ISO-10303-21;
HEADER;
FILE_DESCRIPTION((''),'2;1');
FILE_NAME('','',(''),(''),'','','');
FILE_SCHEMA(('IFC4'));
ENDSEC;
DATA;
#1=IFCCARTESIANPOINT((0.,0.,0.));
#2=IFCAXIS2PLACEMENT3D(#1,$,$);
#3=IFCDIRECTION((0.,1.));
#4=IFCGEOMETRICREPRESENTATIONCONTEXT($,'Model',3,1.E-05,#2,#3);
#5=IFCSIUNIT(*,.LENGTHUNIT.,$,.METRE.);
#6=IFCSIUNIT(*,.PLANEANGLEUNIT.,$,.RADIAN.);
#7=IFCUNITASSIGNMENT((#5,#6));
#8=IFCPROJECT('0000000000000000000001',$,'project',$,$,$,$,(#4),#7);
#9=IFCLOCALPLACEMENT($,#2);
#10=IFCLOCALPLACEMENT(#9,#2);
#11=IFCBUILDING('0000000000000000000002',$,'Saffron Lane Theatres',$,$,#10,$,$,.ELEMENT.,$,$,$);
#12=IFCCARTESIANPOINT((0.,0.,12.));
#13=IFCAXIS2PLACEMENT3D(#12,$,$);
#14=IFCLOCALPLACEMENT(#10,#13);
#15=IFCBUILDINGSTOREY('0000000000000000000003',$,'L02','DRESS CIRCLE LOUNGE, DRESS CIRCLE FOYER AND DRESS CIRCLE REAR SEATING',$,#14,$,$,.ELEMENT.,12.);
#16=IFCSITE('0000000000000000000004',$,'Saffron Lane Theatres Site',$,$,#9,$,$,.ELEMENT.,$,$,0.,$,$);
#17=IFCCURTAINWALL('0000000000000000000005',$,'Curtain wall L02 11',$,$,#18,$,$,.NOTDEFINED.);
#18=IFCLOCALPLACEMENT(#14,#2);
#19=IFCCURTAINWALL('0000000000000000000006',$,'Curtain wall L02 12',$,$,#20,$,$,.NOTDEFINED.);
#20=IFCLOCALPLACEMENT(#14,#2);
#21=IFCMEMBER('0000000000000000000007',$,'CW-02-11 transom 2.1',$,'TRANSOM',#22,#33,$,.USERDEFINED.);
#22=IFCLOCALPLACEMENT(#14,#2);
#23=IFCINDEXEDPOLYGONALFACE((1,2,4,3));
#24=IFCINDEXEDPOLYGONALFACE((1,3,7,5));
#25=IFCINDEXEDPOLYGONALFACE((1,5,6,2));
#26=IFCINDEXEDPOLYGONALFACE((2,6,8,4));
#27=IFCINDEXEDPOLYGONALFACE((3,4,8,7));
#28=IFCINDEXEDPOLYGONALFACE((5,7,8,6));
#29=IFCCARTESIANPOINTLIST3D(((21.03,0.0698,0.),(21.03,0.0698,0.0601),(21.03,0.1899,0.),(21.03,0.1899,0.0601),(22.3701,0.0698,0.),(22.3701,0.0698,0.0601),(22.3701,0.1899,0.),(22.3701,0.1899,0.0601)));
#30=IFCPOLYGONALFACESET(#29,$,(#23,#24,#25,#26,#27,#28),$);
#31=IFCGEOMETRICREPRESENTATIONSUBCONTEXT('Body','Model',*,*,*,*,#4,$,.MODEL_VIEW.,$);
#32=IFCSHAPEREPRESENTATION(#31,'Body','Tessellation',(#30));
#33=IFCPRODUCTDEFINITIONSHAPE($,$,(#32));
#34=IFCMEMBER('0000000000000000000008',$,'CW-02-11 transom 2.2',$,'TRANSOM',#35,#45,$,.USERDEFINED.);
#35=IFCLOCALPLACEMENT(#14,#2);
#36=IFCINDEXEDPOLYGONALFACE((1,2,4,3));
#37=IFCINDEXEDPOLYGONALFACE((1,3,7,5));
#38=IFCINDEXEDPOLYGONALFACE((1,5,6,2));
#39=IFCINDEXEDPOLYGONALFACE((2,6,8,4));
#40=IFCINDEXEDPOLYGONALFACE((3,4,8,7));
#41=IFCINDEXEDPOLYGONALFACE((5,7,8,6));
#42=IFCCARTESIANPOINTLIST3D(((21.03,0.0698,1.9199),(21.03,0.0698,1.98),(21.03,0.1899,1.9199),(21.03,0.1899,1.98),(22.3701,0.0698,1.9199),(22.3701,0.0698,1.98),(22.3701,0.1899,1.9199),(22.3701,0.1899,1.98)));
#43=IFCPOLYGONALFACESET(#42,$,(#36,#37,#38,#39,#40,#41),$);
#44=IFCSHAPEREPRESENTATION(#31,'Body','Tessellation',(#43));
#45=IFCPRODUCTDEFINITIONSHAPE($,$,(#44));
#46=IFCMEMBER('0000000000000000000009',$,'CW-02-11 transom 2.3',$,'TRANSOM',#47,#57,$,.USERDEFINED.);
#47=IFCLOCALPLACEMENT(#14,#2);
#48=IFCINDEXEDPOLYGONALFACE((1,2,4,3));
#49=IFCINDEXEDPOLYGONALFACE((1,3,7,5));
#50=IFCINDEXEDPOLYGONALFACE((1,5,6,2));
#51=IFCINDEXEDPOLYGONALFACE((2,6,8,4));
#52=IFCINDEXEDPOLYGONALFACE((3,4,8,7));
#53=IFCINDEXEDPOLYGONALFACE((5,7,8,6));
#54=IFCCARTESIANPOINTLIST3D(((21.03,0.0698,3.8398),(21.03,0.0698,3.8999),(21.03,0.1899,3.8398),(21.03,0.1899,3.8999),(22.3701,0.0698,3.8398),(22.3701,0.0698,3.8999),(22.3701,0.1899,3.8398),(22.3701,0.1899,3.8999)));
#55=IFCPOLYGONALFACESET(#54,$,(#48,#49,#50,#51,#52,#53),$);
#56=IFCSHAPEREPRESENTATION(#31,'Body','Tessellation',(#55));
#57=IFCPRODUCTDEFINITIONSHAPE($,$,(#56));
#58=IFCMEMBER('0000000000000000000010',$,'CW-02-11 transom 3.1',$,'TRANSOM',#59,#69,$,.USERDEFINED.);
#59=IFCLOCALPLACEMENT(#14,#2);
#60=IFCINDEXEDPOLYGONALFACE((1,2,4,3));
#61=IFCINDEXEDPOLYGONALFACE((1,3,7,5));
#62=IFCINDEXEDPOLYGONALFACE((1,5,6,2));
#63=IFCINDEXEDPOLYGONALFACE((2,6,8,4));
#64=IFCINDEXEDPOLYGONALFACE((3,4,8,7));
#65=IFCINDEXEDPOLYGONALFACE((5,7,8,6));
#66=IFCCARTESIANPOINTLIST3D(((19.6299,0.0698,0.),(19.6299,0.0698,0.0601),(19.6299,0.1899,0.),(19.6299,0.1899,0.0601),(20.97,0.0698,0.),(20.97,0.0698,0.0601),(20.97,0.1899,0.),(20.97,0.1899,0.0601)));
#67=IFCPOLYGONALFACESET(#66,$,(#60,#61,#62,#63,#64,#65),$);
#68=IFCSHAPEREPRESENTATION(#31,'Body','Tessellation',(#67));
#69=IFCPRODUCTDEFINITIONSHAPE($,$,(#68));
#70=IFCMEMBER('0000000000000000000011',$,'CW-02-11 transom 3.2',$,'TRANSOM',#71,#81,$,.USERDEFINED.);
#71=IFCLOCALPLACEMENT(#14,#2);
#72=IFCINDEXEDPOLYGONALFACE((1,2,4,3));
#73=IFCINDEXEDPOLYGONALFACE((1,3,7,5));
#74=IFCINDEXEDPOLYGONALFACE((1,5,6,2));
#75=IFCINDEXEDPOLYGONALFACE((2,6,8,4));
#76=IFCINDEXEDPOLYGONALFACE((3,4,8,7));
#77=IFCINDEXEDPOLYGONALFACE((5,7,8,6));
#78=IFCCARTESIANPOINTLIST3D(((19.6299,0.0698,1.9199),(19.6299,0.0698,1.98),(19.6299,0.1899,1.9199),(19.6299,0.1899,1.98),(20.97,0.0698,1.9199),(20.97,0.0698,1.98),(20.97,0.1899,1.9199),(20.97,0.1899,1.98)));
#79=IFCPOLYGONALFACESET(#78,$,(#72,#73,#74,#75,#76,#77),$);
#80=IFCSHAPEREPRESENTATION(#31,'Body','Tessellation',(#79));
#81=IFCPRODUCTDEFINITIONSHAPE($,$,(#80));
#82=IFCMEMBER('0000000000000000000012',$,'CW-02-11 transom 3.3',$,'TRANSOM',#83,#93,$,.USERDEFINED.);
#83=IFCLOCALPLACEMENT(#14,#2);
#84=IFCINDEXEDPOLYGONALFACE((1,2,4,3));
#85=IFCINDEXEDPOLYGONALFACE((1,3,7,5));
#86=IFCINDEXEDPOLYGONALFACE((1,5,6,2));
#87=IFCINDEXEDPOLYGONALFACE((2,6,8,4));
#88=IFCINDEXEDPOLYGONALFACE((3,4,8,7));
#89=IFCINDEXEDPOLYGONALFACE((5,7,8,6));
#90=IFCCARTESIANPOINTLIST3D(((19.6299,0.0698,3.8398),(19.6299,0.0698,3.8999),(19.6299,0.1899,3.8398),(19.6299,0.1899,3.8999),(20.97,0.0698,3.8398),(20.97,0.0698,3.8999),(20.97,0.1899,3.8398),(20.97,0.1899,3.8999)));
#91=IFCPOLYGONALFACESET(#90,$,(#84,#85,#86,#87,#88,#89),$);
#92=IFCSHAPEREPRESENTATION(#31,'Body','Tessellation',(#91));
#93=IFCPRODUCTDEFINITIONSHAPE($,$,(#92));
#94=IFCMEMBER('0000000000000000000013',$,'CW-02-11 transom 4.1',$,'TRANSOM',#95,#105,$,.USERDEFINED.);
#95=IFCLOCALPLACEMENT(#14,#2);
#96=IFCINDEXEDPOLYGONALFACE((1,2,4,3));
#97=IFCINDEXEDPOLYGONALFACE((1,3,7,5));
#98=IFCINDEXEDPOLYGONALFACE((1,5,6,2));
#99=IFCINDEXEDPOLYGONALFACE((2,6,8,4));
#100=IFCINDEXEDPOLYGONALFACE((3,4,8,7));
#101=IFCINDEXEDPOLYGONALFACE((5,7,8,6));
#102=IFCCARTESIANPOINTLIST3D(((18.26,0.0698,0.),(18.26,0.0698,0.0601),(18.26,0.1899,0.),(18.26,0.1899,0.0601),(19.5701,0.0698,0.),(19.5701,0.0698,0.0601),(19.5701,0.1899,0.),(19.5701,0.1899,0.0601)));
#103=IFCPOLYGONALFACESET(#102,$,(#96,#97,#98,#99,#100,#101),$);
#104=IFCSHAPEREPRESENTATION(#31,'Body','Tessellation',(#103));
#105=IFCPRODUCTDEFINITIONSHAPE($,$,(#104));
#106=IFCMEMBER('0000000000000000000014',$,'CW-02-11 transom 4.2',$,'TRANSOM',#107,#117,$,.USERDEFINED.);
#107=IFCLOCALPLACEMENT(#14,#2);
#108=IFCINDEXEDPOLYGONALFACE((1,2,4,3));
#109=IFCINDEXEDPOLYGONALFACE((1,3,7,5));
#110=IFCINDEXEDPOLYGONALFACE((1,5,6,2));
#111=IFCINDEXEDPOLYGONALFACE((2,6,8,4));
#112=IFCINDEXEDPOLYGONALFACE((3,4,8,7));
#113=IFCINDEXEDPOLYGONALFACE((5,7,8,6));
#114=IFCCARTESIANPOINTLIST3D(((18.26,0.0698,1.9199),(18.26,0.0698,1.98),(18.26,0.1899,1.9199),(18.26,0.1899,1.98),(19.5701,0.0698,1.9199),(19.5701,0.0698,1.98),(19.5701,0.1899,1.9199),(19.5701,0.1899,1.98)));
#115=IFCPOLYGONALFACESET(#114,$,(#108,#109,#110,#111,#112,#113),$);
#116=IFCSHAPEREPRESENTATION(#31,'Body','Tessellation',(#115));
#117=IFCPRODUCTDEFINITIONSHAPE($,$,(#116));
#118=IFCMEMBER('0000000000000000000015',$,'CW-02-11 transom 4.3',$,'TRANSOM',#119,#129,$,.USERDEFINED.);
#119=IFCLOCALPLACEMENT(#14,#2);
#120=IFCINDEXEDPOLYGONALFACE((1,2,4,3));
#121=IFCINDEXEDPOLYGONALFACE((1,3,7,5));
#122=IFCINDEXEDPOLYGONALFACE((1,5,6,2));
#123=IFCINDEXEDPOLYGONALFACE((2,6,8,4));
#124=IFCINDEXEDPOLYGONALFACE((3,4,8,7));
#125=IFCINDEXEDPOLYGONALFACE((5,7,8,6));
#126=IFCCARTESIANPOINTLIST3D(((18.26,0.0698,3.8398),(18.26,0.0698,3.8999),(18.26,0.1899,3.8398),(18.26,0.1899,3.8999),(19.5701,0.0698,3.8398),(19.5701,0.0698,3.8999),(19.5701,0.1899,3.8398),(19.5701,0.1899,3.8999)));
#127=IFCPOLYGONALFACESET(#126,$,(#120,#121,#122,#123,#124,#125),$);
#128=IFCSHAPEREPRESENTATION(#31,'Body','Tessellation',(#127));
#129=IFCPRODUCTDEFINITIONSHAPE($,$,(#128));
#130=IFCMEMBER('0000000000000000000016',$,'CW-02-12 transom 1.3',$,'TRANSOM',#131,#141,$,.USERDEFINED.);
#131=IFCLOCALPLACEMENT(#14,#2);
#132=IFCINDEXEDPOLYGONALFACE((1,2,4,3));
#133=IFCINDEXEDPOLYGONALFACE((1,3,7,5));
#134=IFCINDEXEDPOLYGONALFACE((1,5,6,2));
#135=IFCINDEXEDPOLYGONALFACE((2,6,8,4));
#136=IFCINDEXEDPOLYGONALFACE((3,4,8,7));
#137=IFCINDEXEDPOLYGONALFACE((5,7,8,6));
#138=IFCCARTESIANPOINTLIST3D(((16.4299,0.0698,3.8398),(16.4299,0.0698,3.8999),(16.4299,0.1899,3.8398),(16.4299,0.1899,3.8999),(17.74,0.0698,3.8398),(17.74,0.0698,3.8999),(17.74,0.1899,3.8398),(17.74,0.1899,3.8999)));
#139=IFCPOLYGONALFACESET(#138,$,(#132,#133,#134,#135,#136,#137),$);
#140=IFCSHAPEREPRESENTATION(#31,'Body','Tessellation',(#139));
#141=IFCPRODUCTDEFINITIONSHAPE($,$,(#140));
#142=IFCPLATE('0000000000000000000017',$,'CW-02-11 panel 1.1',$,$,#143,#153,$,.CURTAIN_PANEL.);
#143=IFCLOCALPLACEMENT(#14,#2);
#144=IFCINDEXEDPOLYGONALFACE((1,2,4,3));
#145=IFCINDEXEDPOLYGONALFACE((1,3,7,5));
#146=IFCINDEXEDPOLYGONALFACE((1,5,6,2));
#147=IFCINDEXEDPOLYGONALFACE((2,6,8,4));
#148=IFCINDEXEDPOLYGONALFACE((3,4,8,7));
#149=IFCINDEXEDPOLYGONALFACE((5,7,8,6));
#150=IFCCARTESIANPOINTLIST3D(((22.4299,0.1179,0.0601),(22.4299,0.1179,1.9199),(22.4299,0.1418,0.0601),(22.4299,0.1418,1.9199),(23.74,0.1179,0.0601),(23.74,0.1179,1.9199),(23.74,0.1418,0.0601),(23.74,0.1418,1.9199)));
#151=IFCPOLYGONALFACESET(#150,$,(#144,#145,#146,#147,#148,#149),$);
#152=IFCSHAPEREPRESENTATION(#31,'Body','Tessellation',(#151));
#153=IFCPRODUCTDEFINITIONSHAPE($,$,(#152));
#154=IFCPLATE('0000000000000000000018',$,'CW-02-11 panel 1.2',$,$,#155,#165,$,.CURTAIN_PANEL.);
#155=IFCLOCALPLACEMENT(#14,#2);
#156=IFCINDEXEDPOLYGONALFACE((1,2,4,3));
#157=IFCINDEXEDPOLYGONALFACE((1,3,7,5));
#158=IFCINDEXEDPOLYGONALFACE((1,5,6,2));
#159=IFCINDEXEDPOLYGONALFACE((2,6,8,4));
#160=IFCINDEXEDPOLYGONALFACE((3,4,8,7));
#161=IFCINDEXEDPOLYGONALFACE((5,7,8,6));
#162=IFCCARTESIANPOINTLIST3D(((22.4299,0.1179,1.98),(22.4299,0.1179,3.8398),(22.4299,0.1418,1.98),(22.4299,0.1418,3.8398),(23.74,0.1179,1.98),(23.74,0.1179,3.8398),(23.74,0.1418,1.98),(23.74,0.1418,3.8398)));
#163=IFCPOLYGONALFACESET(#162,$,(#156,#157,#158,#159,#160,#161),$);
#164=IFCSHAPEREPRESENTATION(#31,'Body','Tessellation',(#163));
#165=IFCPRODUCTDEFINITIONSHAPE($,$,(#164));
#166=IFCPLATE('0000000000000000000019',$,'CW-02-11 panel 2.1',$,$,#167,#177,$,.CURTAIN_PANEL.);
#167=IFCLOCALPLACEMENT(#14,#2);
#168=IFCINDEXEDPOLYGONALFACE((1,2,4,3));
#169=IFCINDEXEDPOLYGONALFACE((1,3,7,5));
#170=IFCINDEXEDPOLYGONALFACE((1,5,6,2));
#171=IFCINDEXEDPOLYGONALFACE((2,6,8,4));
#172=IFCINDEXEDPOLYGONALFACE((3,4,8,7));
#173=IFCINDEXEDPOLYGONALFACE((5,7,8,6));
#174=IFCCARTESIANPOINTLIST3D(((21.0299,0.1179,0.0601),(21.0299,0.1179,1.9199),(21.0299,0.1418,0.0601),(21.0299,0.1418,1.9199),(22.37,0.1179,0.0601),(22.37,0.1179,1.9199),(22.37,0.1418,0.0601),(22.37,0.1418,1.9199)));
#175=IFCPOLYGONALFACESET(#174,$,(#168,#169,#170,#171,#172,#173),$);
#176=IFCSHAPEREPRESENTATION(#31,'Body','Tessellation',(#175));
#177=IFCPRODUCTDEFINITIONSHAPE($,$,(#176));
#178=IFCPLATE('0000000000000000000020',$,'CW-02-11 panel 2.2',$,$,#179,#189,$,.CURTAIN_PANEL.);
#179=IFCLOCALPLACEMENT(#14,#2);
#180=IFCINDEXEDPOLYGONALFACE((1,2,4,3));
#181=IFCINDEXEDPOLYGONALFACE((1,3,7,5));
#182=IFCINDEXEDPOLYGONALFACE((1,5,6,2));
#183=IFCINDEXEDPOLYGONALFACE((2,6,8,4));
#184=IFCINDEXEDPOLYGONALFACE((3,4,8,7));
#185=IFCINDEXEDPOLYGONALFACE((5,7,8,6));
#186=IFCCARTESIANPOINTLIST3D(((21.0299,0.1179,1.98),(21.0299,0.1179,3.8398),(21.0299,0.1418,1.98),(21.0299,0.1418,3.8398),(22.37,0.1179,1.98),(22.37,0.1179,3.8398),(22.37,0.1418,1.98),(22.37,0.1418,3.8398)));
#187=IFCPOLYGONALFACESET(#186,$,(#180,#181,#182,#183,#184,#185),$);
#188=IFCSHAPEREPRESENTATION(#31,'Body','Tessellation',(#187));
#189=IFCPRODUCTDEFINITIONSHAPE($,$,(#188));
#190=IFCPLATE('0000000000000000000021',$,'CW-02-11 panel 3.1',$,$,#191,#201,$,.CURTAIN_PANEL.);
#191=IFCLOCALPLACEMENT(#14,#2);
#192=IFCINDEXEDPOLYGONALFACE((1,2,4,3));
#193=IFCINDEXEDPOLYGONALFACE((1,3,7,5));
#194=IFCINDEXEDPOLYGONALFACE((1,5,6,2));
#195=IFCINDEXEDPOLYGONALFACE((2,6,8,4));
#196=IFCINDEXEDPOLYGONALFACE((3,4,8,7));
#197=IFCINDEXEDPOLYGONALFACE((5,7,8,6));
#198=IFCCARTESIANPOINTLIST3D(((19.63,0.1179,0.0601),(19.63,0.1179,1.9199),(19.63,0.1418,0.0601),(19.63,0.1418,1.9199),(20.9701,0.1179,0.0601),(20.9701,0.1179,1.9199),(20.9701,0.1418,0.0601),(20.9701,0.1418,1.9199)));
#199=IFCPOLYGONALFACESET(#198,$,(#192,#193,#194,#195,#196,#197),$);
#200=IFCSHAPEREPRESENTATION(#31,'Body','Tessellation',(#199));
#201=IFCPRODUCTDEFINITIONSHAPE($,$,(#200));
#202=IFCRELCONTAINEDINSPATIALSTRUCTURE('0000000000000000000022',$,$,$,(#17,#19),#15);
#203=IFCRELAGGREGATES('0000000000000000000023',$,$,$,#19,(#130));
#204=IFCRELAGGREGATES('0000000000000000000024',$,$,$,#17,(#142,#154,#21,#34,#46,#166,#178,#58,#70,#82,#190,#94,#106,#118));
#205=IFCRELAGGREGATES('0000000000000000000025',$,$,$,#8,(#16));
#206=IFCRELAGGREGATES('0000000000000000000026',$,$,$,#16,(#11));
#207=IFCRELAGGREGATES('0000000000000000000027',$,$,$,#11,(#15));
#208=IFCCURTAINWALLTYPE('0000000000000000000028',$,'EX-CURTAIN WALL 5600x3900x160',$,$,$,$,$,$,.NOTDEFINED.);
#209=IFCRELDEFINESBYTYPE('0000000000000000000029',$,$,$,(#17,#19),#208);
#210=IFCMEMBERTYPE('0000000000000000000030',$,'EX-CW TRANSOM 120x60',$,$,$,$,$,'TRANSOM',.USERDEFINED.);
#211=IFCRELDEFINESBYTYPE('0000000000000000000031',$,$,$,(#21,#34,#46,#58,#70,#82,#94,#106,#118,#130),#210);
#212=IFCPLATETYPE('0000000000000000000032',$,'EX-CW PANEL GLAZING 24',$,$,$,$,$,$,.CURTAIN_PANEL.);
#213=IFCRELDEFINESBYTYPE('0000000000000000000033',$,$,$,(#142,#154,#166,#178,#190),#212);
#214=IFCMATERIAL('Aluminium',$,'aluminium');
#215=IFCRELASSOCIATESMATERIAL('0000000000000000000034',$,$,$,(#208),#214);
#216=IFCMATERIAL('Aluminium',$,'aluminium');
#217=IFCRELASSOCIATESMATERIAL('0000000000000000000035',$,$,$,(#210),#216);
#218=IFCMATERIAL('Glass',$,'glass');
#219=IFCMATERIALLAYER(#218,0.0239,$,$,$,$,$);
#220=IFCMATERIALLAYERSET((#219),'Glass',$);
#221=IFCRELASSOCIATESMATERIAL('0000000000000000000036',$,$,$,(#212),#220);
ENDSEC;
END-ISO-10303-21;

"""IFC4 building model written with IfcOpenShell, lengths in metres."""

from ifc_helpers import new_model, si_unit, direction, frame, origin, origin_2d, place, context, subcontext, project, spatial, rectangle, extrude, material, layer, layer_set, material_profile, profile_set, type_object, element, aggregate, save


model = new_model("IFC4")

# Units and contexts
model_context = context("Model", 3, precision=1e-05, world=origin(), true_north=direction((0.0, 1.0)))
body_context = subcontext(model_context, "Body", "Model", "MODEL_VIEW")
ifc_project = project(units=[si_unit("LENGTHUNIT", "METRE"), si_unit("PLANEANGLEUNIT", "RADIAN")], contexts=[model_context])

# Site, building, storey
site_placement = place(None, origin())
site = spatial("IfcSite", under=ifc_project, at=site_placement, Name="Saffron Lane Theatres Site", CompositionType="ELEMENT", RefElevation=0.0)
building_placement = place(site_placement, origin())
building = spatial("IfcBuilding", under=site, at=building_placement, Name="Saffron Lane Theatres", CompositionType="ELEMENT")
storey_placement = place(building_placement, frame((0.0, 0.0, 12.0)))
storey = spatial("IfcBuildingStorey", under=building, at=storey_placement, Name="L02", Description="DRESS CIRCLE LOUNGE, DRESS CIRCLE FOYER AND DRESS CIRCLE REAR SEATING", CompositionType="ELEMENT", Elevation=12.0)

# Shared definitions
ifc_material_1 = material(Name="Aluminium", Category="aluminium")
curtain_wall_type = type_object("IfcCurtainWallType", Name="EX-CURTAIN WALL 5600x3900x160", PredefinedType="NOTDEFINED", material=ifc_material_1)

# Curtain wall
curtain_wall_1_placement = place(storey_placement, origin())
curtain_wall_1 = element("IfcCurtainWall", 1, at=curtain_wall_1_placement, inside=storey, type_object=curtain_wall_type, Name="Curtain wall L02 11", PredefinedType="NOTDEFINED")

# Curtain wall
curtain_wall_2_placement = place(storey_placement, origin())
curtain_wall_2 = element("IfcCurtainWall", 2, at=curtain_wall_2_placement, inside=storey, type_object=curtain_wall_type, Name="Curtain wall L02 12", PredefinedType="NOTDEFINED")

# Members
ifc_material_2 = material(Name="Aluminium", Category="aluminium")
ifc_material_profile_1 = material_profile(ifc_material_2, rectangle(XDim=0.1201, YDim=0.0601, at=origin_2d()))
ifc_profile_set_1 = profile_set([ifc_material_profile_1], Name="Aluminium")
member_type_1 = type_object("IfcMemberType", Name="EX-CW TRANSOM 120x60", ElementType="TRANSOM", PredefinedType="USERDEFINED", material=ifc_profile_set_1)
member_1_placement = place(storey_placement, frame((22.3701, 0.1299, 0.03), z_axis=(-1.0, 0.0, 0.0), x_axis=(0.0, -1.0, 0.0)))
member_1 = element("IfcMember", 3, at=member_1_placement, type_object=member_type_1, Name="CW-02-11 transom 2.1", ObjectType="TRANSOM", PredefinedType="USERDEFINED", context=body_context, shape_type="SweptSolid", body=[
    extrude(rectangle(XDim=0.1201, YDim=0.0601, at=origin_2d()), origin(), (0.0, 0.0, 1.0), 1.3401),
])
member_2_placement = place(storey_placement, frame((22.3701, 0.1299, 1.95), z_axis=(-1.0, 0.0, 0.0), x_axis=(0.0, -1.0, 0.0)))
member_2 = element("IfcMember", 4, at=member_2_placement, type_object=member_type_1, Name="CW-02-11 transom 2.2", ObjectType="TRANSOM", PredefinedType="USERDEFINED", context=body_context, shape_type="SweptSolid", body=[
    extrude(rectangle(XDim=0.1201, YDim=0.0601, at=origin_2d()), origin(), (0.0, 0.0, 1.0), 1.3401),
])
member_3_placement = place(storey_placement, frame((22.3701, 0.1299, 3.8699), z_axis=(-1.0, 0.0, 0.0), x_axis=(0.0, -1.0, 0.0)))
member_3 = element("IfcMember", 5, at=member_3_placement, type_object=member_type_1, Name="CW-02-11 transom 2.3", ObjectType="TRANSOM", PredefinedType="USERDEFINED", context=body_context, shape_type="SweptSolid", body=[
    extrude(rectangle(XDim=0.1201, YDim=0.0601, at=origin_2d()), origin(), (0.0, 0.0, 1.0), 1.3401),
])
member_4_placement = place(storey_placement, frame((20.97, 0.1299, 0.03), z_axis=(-1.0, 0.0, 0.0), x_axis=(0.0, -1.0, 0.0)))
member_4 = element("IfcMember", 6, at=member_4_placement, type_object=member_type_1, Name="CW-02-11 transom 3.1", ObjectType="TRANSOM", PredefinedType="USERDEFINED", context=body_context, shape_type="SweptSolid", body=[
    extrude(rectangle(XDim=0.1201, YDim=0.0601, at=origin_2d()), origin(), (0.0, 0.0, 1.0), 1.3401),
])
member_5_placement = place(storey_placement, frame((20.97, 0.1299, 1.95), z_axis=(-1.0, 0.0, 0.0), x_axis=(0.0, -1.0, 0.0)))
member_5 = element("IfcMember", 7, at=member_5_placement, type_object=member_type_1, Name="CW-02-11 transom 3.2", ObjectType="TRANSOM", PredefinedType="USERDEFINED", context=body_context, shape_type="SweptSolid", body=[
    extrude(rectangle(XDim=0.1201, YDim=0.0601, at=origin_2d()), origin(), (0.0, 0.0, 1.0), 1.3401),
])
member_6_placement = place(storey_placement, frame((20.97, 0.1299, 3.8699), z_axis=(-1.0, 0.0, 0.0), x_axis=(0.0, -1.0, 0.0)))
member_6 = element("IfcMember", 8, at=member_6_placement, type_object=member_type_1, Name="CW-02-11 transom 3.3", ObjectType="TRANSOM", PredefinedType="USERDEFINED", context=body_context, shape_type="SweptSolid", body=[
    extrude(rectangle(XDim=0.1201, YDim=0.0601, at=origin_2d()), origin(), (0.0, 0.0, 1.0), 1.3401),
])
member_7_placement = place(storey_placement, frame((19.5701, 0.1299, 0.03), z_axis=(-1.0, 0.0, 0.0), x_axis=(0.0, -1.0, 0.0)))
member_7 = element("IfcMember", 9, at=member_7_placement, type_object=member_type_1, Name="CW-02-11 transom 4.1", ObjectType="TRANSOM", PredefinedType="USERDEFINED", context=body_context, shape_type="SweptSolid", body=[
    extrude(rectangle(XDim=0.1201, YDim=0.0601, at=origin_2d()), origin(), (0.0, 0.0, 1.0), 1.3101),
])
member_8_placement = place(storey_placement, frame((19.5701, 0.1299, 1.95), z_axis=(-1.0, 0.0, 0.0), x_axis=(0.0, -1.0, 0.0)))
member_8 = element("IfcMember", 10, at=member_8_placement, type_object=member_type_1, Name="CW-02-11 transom 4.2", ObjectType="TRANSOM", PredefinedType="USERDEFINED", context=body_context, shape_type="SweptSolid", body=[
    extrude(rectangle(XDim=0.1201, YDim=0.0601, at=origin_2d()), origin(), (0.0, 0.0, 1.0), 1.3101),
])
member_9_placement = place(storey_placement, frame((19.5701, 0.1299, 3.8699), z_axis=(-1.0, 0.0, 0.0), x_axis=(0.0, -1.0, 0.0)))
member_9 = element("IfcMember", 11, at=member_9_placement, type_object=member_type_1, Name="CW-02-11 transom 4.3", ObjectType="TRANSOM", PredefinedType="USERDEFINED", context=body_context, shape_type="SweptSolid", body=[
    extrude(rectangle(XDim=0.1201, YDim=0.0601, at=origin_2d()), origin(), (0.0, 0.0, 1.0), 1.3101),
])
member_10_placement = place(storey_placement, frame((17.74, 0.1299, 3.8699), z_axis=(-1.0, 0.0, 0.0), x_axis=(0.0, -1.0, 0.0)))
member_10 = element("IfcMember", 12, at=member_10_placement, type_object=member_type_1, Name="CW-02-12 transom 1.3", ObjectType="TRANSOM", PredefinedType="USERDEFINED", context=body_context, shape_type="SweptSolid", body=[
    extrude(rectangle(XDim=0.1201, YDim=0.0601, at=origin_2d()), origin(), (0.0, 0.0, 1.0), 1.3101),
])
aggregate(curtain_wall_2, [member_10])

# Plates
ifc_material_3 = material(Name="Glass", Category="glass")
ifc_layer_1 = layer(ifc_material_3, 0.0239)
ifc_layer_set_1 = layer_set([ifc_layer_1], Name="Glass")
plate_type = type_object("IfcPlateType", Name="EX-CW PANEL GLAZING 24", PredefinedType="CURTAIN_PANEL", material=ifc_layer_set_1)
plate_1_placement = place(storey_placement, frame((23.085, 0.1299, 0.0601), z_axis=(0.0, 0.0, 1.0), x_axis=(-1.0, 0.0, 0.0)))
plate_1 = element("IfcPlate", 13, at=plate_1_placement, type_object=plate_type, Name="CW-02-11 panel 1.1", PredefinedType="CURTAIN_PANEL", context=body_context, shape_type="SweptSolid", body=[
    extrude(rectangle(XDim=1.3101, YDim=0.0239, at=origin_2d()), origin(), (0.0, 0.0, 1.0), 1.8599),
])
plate_2_placement = place(storey_placement, frame((23.085, 0.1299, 1.98), z_axis=(0.0, 0.0, 1.0), x_axis=(-1.0, 0.0, 0.0)))
plate_2 = element("IfcPlate", 14, at=plate_2_placement, type_object=plate_type, Name="CW-02-11 panel 1.2", PredefinedType="CURTAIN_PANEL", context=body_context, shape_type="SweptSolid", body=[
    extrude(rectangle(XDim=1.3101, YDim=0.0239, at=origin_2d()), origin(), (0.0, 0.0, 1.0), 1.8599),
])
plate_3_placement = place(storey_placement, frame((21.7, 0.1299, 0.0601), z_axis=(0.0, 0.0, 1.0), x_axis=(-1.0, 0.0, 0.0)))
plate_3 = element("IfcPlate", 15, at=plate_3_placement, type_object=plate_type, Name="CW-02-11 panel 2.1", PredefinedType="CURTAIN_PANEL", context=body_context, shape_type="SweptSolid", body=[
    extrude(rectangle(XDim=1.3401, YDim=0.0239, at=origin_2d()), origin(), (0.0, 0.0, 1.0), 1.8599),
])
plate_4_placement = place(storey_placement, frame((21.7, 0.1299, 1.98), z_axis=(0.0, 0.0, 1.0), x_axis=(-1.0, 0.0, 0.0)))
plate_4 = element("IfcPlate", 16, at=plate_4_placement, type_object=plate_type, Name="CW-02-11 panel 2.2", PredefinedType="CURTAIN_PANEL", context=body_context, shape_type="SweptSolid", body=[
    extrude(rectangle(XDim=1.3401, YDim=0.0239, at=origin_2d()), origin(), (0.0, 0.0, 1.0), 1.8599),
])
plate_5_placement = place(storey_placement, frame((20.3, 0.1299, 0.0601), z_axis=(0.0, 0.0, 1.0), x_axis=(-1.0, 0.0, 0.0)))
plate_5 = element("IfcPlate", 17, at=plate_5_placement, type_object=plate_type, Name="CW-02-11 panel 3.1", PredefinedType="CURTAIN_PANEL", context=body_context, shape_type="SweptSolid", body=[
    extrude(rectangle(XDim=1.3401, YDim=0.0239, at=origin_2d()), origin(), (0.0, 0.0, 1.0), 1.8599),
])
aggregate(curtain_wall_1, [plate_1, plate_2, member_1, member_2, member_3, plate_3, plate_4, member_4, member_5, member_6, plate_5, member_7, member_8, member_9])

save(model, "model.ifc")
